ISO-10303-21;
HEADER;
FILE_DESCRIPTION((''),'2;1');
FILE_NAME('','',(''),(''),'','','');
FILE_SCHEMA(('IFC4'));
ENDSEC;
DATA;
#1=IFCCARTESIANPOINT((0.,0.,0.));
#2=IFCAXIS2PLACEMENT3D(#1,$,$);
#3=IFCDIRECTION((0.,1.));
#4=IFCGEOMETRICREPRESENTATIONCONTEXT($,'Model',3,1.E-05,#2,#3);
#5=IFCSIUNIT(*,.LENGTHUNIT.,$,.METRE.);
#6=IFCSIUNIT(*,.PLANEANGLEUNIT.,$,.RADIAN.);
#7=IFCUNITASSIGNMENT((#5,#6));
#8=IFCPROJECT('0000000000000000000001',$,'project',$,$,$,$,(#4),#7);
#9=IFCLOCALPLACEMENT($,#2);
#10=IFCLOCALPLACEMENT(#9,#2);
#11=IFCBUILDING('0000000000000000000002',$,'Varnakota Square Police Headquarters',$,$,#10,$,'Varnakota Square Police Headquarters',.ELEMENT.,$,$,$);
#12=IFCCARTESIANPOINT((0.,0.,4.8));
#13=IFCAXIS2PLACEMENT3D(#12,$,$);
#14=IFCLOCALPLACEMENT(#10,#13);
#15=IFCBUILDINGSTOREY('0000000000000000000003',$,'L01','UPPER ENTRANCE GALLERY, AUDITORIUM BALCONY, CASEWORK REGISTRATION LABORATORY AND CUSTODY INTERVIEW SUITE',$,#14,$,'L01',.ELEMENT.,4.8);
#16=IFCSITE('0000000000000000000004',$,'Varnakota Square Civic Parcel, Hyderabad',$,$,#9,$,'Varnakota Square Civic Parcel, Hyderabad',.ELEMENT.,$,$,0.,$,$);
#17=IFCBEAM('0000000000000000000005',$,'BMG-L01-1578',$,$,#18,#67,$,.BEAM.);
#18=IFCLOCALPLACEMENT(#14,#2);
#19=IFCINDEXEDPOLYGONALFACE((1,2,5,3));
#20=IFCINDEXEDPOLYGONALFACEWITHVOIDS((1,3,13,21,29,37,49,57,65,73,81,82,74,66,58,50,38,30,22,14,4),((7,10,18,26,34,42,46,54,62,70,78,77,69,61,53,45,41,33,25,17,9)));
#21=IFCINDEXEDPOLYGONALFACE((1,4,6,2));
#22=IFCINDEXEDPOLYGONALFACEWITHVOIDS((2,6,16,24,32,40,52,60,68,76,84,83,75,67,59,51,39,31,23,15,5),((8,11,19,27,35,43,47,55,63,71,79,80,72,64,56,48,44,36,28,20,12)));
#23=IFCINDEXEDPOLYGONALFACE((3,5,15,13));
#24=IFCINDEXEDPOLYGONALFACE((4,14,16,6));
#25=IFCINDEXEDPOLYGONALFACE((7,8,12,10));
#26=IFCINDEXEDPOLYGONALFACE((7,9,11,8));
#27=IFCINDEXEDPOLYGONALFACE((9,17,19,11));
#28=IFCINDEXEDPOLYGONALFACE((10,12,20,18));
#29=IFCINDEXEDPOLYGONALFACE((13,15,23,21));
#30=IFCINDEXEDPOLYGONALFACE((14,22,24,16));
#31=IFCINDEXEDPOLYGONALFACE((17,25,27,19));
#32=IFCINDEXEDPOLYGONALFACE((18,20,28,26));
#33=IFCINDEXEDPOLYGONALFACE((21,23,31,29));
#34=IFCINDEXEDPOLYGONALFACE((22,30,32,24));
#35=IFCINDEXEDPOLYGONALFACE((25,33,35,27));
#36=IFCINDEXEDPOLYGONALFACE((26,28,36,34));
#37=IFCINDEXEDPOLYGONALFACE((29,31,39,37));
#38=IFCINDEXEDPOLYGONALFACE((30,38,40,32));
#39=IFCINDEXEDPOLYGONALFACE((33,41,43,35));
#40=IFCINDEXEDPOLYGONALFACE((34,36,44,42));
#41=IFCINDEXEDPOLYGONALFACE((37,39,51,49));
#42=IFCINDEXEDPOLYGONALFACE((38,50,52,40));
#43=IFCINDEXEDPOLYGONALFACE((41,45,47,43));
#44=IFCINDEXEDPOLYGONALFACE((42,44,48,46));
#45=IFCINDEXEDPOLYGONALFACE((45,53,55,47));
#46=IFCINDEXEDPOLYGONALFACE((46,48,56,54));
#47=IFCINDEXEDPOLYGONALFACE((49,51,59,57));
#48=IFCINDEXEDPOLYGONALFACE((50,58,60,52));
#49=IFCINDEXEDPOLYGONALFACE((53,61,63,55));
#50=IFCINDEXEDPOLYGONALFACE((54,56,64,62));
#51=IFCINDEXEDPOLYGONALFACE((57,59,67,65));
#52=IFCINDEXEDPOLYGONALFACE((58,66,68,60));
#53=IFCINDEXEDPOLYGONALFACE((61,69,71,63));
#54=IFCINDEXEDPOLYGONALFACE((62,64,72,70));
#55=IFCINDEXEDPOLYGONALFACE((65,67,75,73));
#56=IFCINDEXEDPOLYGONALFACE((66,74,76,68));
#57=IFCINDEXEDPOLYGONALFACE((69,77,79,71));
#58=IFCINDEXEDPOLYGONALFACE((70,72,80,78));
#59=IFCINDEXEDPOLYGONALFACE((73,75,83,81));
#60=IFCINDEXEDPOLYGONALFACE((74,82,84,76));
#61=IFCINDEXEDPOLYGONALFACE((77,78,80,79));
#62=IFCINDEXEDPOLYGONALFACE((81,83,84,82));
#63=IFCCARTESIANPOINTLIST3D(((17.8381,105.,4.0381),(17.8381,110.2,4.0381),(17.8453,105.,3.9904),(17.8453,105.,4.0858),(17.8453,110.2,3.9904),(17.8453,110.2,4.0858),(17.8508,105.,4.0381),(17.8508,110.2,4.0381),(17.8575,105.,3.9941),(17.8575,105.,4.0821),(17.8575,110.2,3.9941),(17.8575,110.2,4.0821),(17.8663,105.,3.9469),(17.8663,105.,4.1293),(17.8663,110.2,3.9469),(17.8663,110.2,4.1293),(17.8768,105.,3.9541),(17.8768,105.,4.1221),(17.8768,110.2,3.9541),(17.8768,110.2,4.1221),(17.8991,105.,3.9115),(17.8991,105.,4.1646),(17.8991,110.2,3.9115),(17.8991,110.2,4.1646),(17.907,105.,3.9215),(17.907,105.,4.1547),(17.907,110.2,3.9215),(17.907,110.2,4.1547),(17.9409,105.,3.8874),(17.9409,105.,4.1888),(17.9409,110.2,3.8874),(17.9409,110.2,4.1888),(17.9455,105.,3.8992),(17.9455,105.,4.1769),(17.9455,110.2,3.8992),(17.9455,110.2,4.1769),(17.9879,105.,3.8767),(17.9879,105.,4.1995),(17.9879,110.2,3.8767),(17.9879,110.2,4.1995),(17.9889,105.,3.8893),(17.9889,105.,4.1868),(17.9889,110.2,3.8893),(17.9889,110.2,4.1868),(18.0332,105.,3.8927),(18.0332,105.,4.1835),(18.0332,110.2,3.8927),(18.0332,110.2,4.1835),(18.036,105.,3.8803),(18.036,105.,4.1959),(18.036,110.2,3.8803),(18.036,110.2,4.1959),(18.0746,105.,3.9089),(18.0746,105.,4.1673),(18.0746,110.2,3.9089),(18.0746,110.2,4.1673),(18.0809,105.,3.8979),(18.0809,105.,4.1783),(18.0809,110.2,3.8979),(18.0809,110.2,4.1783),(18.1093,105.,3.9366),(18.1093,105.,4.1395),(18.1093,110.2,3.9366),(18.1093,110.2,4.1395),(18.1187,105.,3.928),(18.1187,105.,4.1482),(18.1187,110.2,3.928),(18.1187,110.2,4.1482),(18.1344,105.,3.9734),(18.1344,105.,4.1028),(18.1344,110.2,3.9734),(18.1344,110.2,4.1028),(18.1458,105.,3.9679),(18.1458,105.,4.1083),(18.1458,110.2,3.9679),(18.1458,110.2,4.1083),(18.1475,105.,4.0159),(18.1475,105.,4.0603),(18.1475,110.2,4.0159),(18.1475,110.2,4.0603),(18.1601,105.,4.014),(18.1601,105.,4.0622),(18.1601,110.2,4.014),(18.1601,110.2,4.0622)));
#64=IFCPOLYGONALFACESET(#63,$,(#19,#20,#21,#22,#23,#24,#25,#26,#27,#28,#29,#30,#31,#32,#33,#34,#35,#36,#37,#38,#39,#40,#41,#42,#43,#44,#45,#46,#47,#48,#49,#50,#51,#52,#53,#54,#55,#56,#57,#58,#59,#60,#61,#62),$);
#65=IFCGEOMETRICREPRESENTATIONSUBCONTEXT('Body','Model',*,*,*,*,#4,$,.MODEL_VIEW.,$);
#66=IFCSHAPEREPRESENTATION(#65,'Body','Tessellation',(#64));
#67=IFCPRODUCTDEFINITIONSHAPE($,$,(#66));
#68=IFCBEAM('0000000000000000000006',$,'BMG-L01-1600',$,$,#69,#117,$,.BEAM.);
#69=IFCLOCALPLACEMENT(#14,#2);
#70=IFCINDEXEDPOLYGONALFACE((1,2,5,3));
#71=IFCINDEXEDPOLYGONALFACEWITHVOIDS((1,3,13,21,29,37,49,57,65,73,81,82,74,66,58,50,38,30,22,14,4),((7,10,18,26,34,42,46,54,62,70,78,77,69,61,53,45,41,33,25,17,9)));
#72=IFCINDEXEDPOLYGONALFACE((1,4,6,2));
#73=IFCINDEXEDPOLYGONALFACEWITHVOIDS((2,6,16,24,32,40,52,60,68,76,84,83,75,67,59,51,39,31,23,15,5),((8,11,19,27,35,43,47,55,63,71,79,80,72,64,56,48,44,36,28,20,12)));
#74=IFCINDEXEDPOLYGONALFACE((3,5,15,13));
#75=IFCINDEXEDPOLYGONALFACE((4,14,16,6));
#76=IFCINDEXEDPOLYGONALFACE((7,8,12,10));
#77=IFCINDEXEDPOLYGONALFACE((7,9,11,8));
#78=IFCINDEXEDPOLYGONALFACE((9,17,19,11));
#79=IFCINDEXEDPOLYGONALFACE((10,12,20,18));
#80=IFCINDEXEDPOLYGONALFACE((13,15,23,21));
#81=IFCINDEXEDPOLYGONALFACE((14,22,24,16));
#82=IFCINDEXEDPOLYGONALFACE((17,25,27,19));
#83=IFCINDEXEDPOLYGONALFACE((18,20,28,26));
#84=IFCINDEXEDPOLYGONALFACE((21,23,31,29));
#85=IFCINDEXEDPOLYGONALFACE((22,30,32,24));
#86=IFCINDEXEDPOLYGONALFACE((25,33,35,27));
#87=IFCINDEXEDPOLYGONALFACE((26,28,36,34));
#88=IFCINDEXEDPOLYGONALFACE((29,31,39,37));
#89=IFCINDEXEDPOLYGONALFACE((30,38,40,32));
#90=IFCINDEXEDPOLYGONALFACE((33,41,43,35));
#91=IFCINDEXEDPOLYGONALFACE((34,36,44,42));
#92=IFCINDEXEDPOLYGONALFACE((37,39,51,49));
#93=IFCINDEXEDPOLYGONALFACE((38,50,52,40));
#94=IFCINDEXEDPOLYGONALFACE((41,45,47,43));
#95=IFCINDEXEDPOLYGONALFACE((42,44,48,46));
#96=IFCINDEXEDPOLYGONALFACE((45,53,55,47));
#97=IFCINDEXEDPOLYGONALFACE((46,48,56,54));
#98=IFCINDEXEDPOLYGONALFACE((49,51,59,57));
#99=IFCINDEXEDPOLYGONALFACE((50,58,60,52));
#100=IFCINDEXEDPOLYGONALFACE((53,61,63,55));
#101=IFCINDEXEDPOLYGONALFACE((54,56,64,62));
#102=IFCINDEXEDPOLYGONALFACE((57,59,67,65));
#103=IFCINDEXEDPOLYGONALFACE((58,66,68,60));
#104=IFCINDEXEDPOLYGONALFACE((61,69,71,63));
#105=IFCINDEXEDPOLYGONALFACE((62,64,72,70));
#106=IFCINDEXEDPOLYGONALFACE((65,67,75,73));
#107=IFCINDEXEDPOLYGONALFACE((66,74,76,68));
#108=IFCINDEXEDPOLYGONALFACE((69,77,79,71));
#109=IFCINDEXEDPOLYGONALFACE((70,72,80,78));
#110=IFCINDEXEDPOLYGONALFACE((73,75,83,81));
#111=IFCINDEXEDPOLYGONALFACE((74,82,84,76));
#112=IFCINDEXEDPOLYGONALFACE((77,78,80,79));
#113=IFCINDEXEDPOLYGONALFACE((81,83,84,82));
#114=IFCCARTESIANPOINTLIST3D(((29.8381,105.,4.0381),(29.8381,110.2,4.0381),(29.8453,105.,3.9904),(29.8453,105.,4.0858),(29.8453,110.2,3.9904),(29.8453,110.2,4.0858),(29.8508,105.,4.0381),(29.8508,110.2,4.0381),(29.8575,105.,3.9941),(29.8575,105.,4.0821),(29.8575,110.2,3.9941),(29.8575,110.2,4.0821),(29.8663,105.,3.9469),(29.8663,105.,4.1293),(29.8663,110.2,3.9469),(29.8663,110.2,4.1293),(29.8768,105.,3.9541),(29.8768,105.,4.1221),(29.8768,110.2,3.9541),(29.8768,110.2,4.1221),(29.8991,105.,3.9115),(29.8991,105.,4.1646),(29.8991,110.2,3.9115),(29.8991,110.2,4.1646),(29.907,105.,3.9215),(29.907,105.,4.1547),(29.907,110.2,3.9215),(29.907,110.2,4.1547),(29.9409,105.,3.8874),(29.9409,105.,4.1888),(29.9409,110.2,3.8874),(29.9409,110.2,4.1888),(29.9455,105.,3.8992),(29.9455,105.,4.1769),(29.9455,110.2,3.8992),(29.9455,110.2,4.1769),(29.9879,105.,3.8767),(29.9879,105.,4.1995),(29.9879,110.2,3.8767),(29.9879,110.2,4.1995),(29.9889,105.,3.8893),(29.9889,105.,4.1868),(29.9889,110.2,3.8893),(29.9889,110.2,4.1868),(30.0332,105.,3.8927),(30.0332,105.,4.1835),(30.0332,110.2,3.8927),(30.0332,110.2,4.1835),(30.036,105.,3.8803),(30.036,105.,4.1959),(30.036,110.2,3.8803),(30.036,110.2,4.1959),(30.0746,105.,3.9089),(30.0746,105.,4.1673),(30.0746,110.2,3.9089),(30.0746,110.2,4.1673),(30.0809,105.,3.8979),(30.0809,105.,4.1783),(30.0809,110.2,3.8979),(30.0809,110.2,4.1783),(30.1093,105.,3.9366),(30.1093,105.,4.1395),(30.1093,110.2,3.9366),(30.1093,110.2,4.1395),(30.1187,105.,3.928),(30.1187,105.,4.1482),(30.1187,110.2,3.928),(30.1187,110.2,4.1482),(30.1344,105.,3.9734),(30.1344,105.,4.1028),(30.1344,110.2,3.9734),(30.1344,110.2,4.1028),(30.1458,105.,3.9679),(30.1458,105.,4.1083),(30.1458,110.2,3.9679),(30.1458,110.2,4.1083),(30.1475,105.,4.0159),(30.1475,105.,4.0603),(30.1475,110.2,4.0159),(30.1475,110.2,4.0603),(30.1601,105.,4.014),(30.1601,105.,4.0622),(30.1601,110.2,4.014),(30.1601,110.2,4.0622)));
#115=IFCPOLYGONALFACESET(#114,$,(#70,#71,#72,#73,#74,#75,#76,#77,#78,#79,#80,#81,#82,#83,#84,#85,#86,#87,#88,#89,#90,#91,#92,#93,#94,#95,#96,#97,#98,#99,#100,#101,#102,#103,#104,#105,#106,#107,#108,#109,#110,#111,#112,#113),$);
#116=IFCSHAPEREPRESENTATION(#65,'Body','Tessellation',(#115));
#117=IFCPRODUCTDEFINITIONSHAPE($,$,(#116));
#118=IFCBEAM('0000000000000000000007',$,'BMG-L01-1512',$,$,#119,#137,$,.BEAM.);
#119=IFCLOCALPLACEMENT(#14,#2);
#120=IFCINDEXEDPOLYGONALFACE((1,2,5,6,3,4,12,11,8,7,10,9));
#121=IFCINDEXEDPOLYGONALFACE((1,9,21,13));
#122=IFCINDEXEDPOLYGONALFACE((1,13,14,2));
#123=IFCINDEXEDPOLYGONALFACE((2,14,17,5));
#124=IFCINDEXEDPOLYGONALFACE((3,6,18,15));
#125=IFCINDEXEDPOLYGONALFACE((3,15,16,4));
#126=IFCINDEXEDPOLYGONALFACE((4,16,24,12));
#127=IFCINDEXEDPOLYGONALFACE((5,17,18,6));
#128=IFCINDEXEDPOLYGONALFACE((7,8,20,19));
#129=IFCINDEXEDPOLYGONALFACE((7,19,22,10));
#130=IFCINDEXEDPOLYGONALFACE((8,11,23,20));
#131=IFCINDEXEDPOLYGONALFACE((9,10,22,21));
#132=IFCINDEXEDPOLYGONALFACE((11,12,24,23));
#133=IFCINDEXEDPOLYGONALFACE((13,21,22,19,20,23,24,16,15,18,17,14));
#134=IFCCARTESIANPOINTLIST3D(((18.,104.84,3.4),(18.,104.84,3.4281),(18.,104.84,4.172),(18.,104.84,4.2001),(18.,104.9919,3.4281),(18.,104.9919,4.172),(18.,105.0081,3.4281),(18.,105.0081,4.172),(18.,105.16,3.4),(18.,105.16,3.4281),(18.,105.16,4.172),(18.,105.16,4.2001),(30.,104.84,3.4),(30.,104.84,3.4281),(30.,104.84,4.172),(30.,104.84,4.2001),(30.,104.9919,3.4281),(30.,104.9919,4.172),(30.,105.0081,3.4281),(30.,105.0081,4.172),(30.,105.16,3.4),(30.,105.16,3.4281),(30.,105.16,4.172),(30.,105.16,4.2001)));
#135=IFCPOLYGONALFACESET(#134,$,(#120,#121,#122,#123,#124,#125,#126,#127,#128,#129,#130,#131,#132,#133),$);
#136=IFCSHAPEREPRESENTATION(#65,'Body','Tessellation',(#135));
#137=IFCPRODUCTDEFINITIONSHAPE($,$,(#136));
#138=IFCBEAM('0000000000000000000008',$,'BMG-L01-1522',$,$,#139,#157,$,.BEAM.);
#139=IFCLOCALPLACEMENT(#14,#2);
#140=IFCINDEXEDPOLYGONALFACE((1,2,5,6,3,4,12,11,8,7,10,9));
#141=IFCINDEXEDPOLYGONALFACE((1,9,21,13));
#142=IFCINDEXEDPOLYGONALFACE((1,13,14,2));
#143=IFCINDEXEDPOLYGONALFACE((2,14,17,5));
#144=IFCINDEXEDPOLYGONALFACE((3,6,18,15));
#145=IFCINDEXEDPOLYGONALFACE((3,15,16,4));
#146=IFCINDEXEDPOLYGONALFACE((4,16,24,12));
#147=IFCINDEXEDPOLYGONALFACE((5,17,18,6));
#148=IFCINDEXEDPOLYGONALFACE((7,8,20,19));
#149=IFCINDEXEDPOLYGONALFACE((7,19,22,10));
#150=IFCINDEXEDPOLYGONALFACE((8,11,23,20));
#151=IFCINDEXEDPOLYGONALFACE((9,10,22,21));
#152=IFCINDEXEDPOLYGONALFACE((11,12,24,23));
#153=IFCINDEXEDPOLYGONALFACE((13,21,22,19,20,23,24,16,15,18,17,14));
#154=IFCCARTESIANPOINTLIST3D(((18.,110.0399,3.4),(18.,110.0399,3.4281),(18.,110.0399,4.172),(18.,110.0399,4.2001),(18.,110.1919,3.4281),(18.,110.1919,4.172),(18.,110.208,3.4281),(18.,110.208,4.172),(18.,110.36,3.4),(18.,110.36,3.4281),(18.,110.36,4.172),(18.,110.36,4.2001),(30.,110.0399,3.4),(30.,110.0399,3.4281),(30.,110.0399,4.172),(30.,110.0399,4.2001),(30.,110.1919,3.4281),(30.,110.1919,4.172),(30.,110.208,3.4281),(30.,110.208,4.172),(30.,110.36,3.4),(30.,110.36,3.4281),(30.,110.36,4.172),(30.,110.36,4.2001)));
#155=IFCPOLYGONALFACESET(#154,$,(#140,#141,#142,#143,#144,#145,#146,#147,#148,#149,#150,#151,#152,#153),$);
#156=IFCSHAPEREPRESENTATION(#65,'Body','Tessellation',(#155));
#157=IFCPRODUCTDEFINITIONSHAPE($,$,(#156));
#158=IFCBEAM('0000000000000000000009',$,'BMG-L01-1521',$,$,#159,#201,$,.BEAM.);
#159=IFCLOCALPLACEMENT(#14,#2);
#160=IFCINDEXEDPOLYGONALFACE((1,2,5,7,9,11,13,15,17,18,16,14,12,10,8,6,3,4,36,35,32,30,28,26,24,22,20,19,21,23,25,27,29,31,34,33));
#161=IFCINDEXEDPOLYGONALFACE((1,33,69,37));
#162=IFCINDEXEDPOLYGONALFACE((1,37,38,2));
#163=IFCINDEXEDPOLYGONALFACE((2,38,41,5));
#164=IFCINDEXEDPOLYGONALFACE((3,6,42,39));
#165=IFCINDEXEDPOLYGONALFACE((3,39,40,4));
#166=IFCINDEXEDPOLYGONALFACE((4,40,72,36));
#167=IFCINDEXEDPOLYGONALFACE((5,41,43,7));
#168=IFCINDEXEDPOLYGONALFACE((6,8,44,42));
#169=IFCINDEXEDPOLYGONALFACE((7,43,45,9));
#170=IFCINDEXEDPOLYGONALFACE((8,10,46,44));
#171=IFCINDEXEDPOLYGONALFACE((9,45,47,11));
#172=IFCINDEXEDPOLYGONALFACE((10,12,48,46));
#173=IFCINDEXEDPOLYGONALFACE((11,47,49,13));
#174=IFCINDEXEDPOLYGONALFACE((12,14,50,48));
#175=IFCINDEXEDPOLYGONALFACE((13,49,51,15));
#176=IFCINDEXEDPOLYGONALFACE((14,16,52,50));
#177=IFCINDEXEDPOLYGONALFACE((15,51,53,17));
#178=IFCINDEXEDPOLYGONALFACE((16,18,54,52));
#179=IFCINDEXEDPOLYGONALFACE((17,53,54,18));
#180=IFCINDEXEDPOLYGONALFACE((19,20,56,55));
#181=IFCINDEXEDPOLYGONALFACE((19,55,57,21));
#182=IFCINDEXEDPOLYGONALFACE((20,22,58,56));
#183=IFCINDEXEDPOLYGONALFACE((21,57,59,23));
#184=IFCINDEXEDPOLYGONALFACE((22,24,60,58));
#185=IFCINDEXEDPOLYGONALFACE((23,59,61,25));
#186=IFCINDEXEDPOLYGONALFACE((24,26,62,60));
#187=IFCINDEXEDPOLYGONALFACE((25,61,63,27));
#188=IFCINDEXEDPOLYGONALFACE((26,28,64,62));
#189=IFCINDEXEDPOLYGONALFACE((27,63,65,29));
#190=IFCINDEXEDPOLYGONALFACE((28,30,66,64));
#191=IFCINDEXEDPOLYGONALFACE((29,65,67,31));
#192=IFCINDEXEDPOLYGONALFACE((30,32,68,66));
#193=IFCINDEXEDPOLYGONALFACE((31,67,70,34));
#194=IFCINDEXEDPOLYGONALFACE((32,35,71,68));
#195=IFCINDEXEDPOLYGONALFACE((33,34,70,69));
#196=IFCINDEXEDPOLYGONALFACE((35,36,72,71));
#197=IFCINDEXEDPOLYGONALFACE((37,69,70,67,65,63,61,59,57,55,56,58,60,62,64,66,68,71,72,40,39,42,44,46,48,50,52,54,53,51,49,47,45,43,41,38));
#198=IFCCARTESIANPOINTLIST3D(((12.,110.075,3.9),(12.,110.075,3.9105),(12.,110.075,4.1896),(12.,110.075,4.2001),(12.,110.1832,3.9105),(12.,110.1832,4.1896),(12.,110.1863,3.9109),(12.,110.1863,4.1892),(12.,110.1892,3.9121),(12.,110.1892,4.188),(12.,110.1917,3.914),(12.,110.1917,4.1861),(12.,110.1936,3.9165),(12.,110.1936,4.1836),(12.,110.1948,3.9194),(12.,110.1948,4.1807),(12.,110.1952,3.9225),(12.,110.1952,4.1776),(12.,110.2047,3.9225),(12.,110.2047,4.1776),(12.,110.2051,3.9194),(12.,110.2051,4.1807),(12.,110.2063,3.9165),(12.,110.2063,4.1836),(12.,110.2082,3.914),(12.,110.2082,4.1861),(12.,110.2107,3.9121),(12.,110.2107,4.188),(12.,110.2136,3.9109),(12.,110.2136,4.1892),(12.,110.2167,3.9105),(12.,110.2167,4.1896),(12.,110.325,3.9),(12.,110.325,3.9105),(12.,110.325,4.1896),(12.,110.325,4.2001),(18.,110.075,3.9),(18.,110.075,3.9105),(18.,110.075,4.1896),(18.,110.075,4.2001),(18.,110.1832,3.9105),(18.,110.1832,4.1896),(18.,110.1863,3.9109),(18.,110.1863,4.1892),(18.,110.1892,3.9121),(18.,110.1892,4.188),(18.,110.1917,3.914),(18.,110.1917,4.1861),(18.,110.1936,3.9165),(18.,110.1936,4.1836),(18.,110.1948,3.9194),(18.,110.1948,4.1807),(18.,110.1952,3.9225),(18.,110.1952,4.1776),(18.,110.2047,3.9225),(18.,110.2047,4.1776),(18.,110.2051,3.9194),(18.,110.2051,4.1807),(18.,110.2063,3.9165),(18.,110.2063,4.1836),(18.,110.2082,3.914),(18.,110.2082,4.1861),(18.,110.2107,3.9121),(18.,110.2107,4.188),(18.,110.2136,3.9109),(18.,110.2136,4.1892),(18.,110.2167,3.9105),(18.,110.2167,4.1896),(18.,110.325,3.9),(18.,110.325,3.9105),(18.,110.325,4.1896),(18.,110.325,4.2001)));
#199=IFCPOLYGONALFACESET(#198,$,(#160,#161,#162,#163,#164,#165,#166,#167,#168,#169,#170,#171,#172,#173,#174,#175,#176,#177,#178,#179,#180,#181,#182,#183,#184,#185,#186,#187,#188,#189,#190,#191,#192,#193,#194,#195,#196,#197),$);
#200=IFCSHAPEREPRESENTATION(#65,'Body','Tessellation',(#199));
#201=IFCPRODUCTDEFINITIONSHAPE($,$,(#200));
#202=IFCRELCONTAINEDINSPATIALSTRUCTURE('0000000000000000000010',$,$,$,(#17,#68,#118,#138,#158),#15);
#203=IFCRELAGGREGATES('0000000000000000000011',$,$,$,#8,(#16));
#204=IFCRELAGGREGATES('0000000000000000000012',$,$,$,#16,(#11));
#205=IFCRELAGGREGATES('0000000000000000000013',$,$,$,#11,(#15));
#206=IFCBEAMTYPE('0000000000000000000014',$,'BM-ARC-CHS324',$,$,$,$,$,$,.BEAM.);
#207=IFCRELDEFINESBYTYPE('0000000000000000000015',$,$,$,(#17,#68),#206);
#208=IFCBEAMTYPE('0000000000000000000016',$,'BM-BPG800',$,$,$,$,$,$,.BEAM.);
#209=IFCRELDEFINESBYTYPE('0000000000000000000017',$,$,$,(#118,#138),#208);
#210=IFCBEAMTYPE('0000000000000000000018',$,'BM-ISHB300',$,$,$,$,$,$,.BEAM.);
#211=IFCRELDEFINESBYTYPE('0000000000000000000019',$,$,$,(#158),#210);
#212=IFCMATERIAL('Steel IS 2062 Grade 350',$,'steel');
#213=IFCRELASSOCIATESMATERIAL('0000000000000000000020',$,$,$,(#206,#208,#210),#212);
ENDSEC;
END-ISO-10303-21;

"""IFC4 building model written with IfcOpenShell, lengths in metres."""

from ifc_helpers import new_model, si_unit, direction, frame, origin, origin_2d, place, context, subcontext, project, spatial, hollow_circle, i_section, extrude, material, material_profile, profile_set, type_object, element, save


model = new_model("IFC4")

# Units and contexts
model_context = context("Model", 3, precision=1e-05, world=origin(), true_north=direction((0.0, 1.0)))
body_context = subcontext(model_context, "Body", "Model", "MODEL_VIEW")
ifc_project = project(units=[si_unit("LENGTHUNIT", "METRE"), si_unit("PLANEANGLEUNIT", "RADIAN")], contexts=[model_context])

# Site, building, storey
site_placement = place(None, origin())
site = spatial("IfcSite", under=ifc_project, at=site_placement, Name="Varnakota Square Civic Parcel, Hyderabad", LongName="Varnakota Square Civic Parcel, Hyderabad", CompositionType="ELEMENT", RefElevation=0.0)
building_placement = place(site_placement, origin())
building = spatial("IfcBuilding", under=site, at=building_placement, Name="Varnakota Square Police Headquarters", LongName="Varnakota Square Police Headquarters", CompositionType="ELEMENT")
storey_placement = place(building_placement, frame((0.0, 0.0, 4.8)))
storey = spatial("IfcBuildingStorey", under=building, at=storey_placement, Name="L01", Description="UPPER ENTRANCE GALLERY, AUDITORIUM BALCONY, CASEWORK REGISTRATION LABORATORY AND CUSTODY INTERVIEW SUITE", LongName="L01", CompositionType="ELEMENT", Elevation=4.8)

# Shared definitions
ifc_material_1 = material(Name="Steel IS 2062 Grade 350", Category="steel")

# Beams
ifc_material_profile_1 = material_profile(ifc_material_1, hollow_circle(Radius=0.1619, WallThickness=0.0127, at=origin_2d()), Name="CHS 323.9x12.7")
ifc_profile_set_1 = profile_set([ifc_material_profile_1], Name="Steel IS 2062 Grade 350")
beam_type_1 = type_object("IfcBeamType", Name="BM-ARC-CHS324", PredefinedType="BEAM", material=ifc_profile_set_1)
for number, where, z_axis, x_axis, name in (
    (1, (18.0, 105.0, 4.0381), (0.0, 1.0, 0.0), (-1.0, 0.0, 0.0), "BMG-L01-1578"),
    (2, (30.0, 105.0, 4.0381), (0.0, 1.0, 0.0), (-1.0, 0.0, 0.0), "BMG-L01-1600"),
):
    element("IfcBeam", number, at=place(storey_placement, frame(where, z_axis=z_axis, x_axis=x_axis)), inside=storey, type_object=beam_type_1, Name=name, PredefinedType="BEAM", context=body_context, shape_type="SweptSolid", body=[
        extrude(hollow_circle(Radius=0.1619, WallThickness=0.0127, at=origin_2d()), origin(), (0.0, 0.0, 1.0), 5.2),
    ])
ifc_material_profile_2 = material_profile(ifc_material_1, i_section(OverallWidth=0.3201, OverallDepth=0.8, WebThickness=0.0161, FlangeThickness=0.0281, at=origin_2d()), Name="BPG 800x320")
ifc_profile_set_2 = profile_set([ifc_material_profile_2], Name="Steel IS 2062 Grade 350")
beam_type_2 = type_object("IfcBeamType", Name="BM-BPG800", PredefinedType="BEAM", material=ifc_profile_set_2)
for number, where, z_axis, x_axis, name in (
    (3, (18.0, 105.0, 3.8), (1.0, 0.0, 0.0), (0.0, 1.0, 0.0), "BMG-L01-1512"),
    (4, (18.0, 110.2, 3.8), (1.0, 0.0, 0.0), (0.0, 1.0, 0.0), "BMG-L01-1522"),
):
    element("IfcBeam", number, at=place(storey_placement, frame(where, z_axis=z_axis, x_axis=x_axis)), inside=storey, type_object=beam_type_2, Name=name, PredefinedType="BEAM", context=body_context, shape_type="SweptSolid", body=[
        extrude(i_section(OverallWidth=0.3201, OverallDepth=0.8, WebThickness=0.0161, FlangeThickness=0.0281, at=origin_2d()), origin(), (0.0, 0.0, 1.0), 12.0),
    ])
ifc_material_profile_3 = material_profile(ifc_material_1, i_section(OverallWidth=0.25, OverallDepth=0.3, WebThickness=0.0095, FlangeThickness=0.0105, FilletRadius=0.012, at=origin_2d()), Name="ISHB 300")
ifc_profile_set_3 = profile_set([ifc_material_profile_3], Name="Steel IS 2062 Grade 350")
beam_type_3 = type_object("IfcBeamType", Name="BM-ISHB300", PredefinedType="BEAM", material=ifc_profile_set_3)
for number, where, z_axis, x_axis, name in (
    (5, (12.0, 110.2, 4.05), (1.0, 0.0, 0.0), (0.0, 1.0, 0.0), "BMG-L01-1521"),
):
    element("IfcBeam", number, at=place(storey_placement, frame(where, z_axis=z_axis, x_axis=x_axis)), inside=storey, type_object=beam_type_3, Name=name, PredefinedType="BEAM", context=body_context, shape_type="SweptSolid", body=[
        extrude(i_section(OverallWidth=0.25, OverallDepth=0.3, WebThickness=0.0095, FlangeThickness=0.0105, FilletRadius=0.012, at=origin_2d()), origin(), (0.0, 0.0, 1.0), 6.0),
    ])

save(model, "model.ifc")
